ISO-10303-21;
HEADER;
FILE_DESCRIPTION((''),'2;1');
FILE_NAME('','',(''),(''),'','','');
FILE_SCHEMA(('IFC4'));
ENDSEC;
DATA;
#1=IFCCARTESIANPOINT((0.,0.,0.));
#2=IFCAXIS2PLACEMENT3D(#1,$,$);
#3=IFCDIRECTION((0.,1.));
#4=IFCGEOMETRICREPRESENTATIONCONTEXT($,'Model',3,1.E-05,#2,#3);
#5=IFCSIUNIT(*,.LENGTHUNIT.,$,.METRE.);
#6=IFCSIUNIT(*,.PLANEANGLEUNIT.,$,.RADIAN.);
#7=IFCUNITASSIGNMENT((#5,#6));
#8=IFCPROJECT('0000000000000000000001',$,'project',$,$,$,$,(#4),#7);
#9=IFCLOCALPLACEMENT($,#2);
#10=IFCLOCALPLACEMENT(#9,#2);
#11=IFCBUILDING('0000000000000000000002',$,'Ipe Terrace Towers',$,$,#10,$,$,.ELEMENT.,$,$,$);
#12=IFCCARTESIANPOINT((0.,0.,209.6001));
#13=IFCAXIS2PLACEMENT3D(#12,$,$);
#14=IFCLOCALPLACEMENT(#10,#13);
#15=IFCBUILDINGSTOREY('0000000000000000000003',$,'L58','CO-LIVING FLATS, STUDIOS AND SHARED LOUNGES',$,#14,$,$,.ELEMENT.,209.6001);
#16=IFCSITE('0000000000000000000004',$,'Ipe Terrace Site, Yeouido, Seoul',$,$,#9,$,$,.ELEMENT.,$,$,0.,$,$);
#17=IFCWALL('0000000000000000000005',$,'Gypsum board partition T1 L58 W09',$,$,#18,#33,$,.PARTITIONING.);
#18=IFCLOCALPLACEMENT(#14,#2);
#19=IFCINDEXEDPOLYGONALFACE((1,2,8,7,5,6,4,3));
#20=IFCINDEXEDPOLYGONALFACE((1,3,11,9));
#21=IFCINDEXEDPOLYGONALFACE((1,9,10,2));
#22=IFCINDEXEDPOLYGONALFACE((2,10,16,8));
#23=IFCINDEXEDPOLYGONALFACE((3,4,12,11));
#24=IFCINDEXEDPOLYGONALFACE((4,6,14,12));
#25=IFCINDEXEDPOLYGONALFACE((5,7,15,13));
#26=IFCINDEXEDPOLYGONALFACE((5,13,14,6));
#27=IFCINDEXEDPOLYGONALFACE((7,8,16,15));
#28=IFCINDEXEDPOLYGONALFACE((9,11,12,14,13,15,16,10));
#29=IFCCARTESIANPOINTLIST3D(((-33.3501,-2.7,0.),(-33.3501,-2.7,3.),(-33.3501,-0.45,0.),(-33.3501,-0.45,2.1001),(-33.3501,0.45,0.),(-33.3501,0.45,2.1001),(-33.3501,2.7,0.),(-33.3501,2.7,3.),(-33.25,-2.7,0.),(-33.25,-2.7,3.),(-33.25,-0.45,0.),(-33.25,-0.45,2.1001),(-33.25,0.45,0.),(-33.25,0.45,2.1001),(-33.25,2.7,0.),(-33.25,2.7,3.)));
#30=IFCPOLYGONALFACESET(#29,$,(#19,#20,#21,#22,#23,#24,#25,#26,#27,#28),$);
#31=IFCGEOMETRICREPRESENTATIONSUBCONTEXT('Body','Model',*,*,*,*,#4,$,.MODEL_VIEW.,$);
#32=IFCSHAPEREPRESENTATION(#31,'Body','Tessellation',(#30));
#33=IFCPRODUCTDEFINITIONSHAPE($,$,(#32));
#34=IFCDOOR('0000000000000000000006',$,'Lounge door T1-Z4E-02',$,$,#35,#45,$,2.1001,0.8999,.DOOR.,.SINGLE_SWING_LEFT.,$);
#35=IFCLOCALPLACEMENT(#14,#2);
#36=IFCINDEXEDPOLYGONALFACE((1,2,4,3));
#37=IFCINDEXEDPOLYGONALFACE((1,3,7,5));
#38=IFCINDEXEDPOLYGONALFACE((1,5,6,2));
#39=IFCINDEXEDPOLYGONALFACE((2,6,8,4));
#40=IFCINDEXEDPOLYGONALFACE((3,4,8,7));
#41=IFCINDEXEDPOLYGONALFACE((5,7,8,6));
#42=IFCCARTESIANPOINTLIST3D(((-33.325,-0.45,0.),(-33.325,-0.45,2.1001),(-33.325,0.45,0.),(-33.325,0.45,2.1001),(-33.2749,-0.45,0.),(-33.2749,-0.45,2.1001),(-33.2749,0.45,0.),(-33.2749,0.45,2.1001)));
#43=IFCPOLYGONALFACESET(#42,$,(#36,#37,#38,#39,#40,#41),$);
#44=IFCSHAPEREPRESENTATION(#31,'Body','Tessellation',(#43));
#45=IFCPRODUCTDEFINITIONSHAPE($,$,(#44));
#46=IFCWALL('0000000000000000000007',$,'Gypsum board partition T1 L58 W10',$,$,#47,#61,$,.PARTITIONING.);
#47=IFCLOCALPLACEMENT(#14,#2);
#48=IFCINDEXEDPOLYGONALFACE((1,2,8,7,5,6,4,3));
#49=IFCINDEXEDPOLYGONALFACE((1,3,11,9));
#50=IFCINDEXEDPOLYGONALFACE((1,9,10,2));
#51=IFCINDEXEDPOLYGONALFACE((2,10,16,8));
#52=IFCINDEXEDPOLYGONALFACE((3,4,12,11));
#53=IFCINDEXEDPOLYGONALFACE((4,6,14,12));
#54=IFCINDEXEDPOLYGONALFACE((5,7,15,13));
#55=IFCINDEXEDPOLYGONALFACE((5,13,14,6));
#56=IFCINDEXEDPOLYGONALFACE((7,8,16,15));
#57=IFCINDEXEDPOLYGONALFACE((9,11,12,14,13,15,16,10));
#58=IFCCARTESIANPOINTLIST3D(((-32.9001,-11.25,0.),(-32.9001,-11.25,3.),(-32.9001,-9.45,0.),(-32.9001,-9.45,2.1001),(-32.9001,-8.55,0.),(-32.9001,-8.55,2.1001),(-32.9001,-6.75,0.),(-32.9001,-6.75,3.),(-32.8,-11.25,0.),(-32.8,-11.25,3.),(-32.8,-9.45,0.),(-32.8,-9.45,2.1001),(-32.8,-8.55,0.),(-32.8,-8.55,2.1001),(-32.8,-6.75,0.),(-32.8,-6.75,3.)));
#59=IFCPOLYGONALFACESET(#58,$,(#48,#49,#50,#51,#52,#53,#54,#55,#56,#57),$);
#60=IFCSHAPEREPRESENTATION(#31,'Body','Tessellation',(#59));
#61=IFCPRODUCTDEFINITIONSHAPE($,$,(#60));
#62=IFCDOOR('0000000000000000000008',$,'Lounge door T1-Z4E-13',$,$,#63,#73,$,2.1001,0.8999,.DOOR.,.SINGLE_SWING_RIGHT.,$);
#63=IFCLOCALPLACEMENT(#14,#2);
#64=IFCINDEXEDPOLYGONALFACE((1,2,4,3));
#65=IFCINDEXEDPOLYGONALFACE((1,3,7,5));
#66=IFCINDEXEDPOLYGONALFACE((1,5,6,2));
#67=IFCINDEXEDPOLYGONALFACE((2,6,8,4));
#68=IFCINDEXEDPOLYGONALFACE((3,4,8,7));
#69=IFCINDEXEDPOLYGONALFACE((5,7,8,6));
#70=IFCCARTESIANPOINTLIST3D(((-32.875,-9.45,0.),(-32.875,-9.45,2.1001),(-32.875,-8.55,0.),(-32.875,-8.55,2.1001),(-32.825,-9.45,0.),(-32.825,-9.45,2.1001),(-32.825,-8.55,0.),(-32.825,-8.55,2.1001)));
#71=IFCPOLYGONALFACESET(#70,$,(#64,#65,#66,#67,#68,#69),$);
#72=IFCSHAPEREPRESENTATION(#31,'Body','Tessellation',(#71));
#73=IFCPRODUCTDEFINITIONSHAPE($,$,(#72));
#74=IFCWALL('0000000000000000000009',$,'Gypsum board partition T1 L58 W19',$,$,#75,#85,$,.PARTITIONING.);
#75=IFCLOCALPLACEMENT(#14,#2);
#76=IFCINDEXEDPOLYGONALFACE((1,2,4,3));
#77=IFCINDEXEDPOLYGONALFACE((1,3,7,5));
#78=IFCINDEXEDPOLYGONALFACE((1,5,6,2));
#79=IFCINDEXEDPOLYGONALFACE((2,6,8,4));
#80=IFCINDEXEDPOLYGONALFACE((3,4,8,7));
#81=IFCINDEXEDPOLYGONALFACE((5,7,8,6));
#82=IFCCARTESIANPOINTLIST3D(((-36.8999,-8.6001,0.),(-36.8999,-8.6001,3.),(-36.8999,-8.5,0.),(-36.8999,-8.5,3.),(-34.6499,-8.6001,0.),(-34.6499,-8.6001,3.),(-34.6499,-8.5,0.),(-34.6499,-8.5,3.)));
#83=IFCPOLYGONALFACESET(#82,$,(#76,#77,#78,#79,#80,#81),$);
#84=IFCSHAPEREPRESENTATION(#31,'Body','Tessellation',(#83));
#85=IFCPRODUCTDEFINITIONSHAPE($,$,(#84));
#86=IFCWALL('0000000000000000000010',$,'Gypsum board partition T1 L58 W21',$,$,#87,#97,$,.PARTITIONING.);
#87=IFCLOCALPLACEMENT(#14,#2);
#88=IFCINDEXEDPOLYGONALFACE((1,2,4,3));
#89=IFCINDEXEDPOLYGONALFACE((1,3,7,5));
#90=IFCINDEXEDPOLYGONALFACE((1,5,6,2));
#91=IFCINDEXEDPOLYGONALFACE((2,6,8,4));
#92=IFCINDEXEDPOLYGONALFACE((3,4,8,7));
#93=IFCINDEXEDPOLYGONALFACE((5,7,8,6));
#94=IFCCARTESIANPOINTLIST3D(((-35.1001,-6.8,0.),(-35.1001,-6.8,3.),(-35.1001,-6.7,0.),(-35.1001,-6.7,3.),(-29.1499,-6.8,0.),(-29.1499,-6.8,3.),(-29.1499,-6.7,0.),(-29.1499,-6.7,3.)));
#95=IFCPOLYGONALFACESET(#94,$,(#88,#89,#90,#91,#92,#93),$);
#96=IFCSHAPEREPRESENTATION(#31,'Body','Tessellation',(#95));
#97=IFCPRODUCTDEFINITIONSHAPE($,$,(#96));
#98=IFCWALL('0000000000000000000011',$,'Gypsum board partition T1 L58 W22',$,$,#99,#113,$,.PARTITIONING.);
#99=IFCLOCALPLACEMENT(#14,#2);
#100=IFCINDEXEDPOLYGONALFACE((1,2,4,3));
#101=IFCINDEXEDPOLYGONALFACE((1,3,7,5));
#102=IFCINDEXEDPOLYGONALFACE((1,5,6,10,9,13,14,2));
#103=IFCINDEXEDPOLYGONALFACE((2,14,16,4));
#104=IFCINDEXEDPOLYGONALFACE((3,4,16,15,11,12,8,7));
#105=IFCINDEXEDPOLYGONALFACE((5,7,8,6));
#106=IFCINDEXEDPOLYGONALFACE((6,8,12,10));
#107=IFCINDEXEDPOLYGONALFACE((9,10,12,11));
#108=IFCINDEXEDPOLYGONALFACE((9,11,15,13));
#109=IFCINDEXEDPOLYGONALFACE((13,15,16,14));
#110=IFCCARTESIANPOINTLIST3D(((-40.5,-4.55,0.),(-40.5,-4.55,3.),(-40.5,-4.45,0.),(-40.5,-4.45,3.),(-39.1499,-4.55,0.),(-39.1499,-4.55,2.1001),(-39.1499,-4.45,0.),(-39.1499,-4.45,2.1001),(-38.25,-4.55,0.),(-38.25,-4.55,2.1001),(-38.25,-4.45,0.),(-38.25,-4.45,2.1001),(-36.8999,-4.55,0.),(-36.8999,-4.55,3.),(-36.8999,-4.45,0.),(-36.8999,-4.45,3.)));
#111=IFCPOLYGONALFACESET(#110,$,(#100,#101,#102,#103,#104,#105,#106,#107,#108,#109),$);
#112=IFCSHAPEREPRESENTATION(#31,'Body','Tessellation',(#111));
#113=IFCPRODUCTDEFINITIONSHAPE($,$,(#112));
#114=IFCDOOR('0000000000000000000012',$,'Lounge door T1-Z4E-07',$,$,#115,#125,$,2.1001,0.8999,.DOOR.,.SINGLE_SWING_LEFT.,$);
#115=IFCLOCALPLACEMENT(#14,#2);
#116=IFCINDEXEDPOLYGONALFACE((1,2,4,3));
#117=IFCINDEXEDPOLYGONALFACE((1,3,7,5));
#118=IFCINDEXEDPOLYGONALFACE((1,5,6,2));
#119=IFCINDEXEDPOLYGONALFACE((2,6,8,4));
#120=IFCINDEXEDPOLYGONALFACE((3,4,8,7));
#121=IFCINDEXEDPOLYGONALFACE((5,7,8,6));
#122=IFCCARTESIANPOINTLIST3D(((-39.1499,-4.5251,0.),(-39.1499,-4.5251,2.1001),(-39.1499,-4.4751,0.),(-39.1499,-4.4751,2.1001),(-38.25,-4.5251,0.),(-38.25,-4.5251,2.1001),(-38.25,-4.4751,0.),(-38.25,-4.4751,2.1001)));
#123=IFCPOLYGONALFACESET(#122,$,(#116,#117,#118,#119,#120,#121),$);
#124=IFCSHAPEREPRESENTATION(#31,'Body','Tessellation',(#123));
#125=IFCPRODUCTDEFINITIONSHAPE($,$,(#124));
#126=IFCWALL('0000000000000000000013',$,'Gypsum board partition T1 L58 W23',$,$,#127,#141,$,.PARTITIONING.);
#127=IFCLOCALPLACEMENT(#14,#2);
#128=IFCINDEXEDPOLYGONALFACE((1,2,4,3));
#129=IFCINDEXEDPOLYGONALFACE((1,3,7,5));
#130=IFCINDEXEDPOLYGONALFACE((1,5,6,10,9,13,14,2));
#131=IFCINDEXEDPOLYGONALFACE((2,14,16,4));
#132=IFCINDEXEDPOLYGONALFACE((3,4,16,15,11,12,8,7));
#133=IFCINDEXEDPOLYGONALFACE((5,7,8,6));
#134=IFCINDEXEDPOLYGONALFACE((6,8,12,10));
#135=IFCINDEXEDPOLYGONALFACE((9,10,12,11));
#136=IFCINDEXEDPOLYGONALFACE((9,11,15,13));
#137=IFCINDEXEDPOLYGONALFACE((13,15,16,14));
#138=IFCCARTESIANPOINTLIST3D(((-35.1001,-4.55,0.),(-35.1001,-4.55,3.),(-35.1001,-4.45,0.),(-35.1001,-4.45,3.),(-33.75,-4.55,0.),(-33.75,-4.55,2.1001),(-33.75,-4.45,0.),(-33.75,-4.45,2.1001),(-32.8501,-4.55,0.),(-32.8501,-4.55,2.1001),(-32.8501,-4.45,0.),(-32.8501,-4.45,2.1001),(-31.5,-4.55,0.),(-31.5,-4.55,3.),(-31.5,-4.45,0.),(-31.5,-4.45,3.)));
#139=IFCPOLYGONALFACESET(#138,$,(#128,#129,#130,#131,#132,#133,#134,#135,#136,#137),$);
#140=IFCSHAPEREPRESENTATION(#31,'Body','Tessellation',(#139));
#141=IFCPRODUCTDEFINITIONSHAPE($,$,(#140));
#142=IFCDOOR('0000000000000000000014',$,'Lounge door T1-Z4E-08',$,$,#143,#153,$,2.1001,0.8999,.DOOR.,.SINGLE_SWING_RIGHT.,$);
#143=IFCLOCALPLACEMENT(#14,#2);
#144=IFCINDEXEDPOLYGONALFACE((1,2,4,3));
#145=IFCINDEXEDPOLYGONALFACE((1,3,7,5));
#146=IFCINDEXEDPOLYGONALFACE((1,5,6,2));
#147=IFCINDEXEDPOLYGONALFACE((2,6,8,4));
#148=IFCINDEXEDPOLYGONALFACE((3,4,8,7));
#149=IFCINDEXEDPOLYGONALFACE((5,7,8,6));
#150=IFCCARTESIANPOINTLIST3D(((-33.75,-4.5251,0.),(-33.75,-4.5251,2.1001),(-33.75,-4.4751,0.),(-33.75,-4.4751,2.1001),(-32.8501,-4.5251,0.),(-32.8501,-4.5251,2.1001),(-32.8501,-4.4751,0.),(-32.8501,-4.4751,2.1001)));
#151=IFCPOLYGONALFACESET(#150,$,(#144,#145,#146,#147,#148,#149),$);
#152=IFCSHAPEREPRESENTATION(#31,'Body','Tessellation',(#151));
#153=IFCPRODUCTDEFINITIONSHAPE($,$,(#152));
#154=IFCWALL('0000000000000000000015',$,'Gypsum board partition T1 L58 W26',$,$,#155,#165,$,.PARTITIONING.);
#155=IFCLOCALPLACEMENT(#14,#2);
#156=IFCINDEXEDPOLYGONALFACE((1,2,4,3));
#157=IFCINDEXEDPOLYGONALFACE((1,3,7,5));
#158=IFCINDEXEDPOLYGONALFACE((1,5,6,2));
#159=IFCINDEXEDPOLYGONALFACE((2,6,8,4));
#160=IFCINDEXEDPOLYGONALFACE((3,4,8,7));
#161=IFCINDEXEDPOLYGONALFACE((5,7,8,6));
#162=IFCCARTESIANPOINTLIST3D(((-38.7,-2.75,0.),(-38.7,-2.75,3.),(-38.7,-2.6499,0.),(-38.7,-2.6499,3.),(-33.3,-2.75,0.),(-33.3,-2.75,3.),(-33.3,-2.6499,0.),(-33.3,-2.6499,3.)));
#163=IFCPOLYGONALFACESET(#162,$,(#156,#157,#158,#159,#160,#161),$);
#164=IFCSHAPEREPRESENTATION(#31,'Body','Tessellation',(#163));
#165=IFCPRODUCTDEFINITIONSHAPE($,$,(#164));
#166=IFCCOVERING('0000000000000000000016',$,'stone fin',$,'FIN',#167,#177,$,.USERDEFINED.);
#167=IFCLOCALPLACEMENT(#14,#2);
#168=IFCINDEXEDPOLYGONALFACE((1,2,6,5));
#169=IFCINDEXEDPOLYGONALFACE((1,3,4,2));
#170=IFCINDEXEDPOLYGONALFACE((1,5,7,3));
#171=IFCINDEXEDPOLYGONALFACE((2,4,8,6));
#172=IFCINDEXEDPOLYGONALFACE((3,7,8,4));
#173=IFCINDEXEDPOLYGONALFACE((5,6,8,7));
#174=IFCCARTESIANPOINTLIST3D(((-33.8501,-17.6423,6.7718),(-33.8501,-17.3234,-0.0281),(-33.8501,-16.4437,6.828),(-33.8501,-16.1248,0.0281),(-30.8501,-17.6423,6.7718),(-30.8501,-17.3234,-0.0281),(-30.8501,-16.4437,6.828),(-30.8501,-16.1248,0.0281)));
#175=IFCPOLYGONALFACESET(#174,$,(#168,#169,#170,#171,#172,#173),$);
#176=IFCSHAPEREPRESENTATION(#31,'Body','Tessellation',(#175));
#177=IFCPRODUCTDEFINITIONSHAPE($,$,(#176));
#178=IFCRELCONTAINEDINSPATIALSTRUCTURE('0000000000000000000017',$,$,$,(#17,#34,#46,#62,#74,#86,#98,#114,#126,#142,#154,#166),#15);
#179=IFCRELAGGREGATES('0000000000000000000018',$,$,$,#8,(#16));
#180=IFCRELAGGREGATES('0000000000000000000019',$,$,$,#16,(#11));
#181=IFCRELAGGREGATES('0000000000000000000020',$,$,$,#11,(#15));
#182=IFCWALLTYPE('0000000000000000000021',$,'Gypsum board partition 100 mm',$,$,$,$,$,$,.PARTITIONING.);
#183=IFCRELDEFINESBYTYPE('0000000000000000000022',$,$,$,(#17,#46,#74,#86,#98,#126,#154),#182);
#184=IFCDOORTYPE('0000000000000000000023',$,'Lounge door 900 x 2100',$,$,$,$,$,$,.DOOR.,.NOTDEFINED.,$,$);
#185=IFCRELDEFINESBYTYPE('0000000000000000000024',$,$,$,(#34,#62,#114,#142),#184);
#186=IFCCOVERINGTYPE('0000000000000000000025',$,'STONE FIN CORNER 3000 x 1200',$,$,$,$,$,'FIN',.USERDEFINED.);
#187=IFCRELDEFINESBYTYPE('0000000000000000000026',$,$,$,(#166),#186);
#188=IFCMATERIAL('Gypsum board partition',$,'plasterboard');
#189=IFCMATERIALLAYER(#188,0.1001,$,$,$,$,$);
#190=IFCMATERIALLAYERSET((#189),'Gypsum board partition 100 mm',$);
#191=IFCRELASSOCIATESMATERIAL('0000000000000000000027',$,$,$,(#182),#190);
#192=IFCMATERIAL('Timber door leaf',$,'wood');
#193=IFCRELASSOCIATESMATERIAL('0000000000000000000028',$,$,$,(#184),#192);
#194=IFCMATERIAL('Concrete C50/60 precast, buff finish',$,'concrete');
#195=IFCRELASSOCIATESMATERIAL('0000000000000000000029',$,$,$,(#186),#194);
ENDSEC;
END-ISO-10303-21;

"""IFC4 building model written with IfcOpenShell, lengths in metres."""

from ifc_helpers import new_model, si_unit, direction, frame, frame_2d, origin, origin_2d, place, context, subcontext, project, spatial, rectangle, extrude, material, layer, layer_set, material_profile, profile_set, type_object, element, fill, save


model = new_model("IFC4")

# Units and contexts
model_context = context("Model", 3, precision=1e-05, world=origin(), true_north=direction((0.0, 1.0)))
body_context = subcontext(model_context, "Body", "Model", "MODEL_VIEW")
ifc_project = project(units=[si_unit("LENGTHUNIT", "METRE"), si_unit("PLANEANGLEUNIT", "RADIAN")], contexts=[model_context])

# Site, building, storey
site_placement = place(None, origin())
site = spatial("IfcSite", under=ifc_project, at=site_placement, Name="Ipe Terrace Site, Yeouido, Seoul", CompositionType="ELEMENT", RefElevation=0.0)
building_placement = place(site_placement, origin())
building = spatial("IfcBuilding", under=site, at=building_placement, Name="Ipe Terrace Towers", CompositionType="ELEMENT")
storey_placement = place(building_placement, frame((0.0, 0.0, 209.6001)))
storey = spatial("IfcBuildingStorey", under=building, at=storey_placement, Name="L58", Description="CO-LIVING FLATS, STUDIOS AND SHARED LOUNGES", CompositionType="ELEMENT", Elevation=209.6001)

# Shared definitions
ifc_material_1 = material(Name="Gypsum board partition", Category="plasterboard")
ifc_layer_1 = layer(ifc_material_1, 0.1001)
ifc_layer_set_1 = layer_set([ifc_layer_1], Name="Gypsum board partition 100 mm")
wall_type_1 = type_object("IfcWallType", Name="Gypsum board partition 100 mm", PredefinedType="PARTITIONING", material=ifc_layer_set_1)

# Walls, openings, doors
ifc_material_2 = material(Name="Timber door leaf", Category="wood")
door_type = type_object("IfcDoorType", Name="Lounge door 900 x 2100", OperationType="NOTDEFINED", PredefinedType="DOOR", material=ifc_material_2)
wall_1_placement = place(storey_placement, frame((-33.3, -2.7, 0.0), z_axis=(0.0, 0.0, 1.0), x_axis=(0.0, 1.0, 0.0)))
wall_1 = element("IfcWall", 1, at=wall_1_placement, inside=storey, type_object=wall_type_1, Name="Gypsum board partition T1 L58 W09", PredefinedType="PARTITIONING", context=body_context, shape_type="SweptSolid", body=[
    extrude(rectangle(XDim=5.3999, YDim=0.1001, at=frame_2d((2.7, 0.0))), origin(), (0.0, 0.0, 1.0), 3.0),
])
opening_1_placement = place(wall_1_placement, frame((2.25, 0.0, 0.0)))
opening_1 = element("IfcOpeningElement", 2, at=opening_1_placement, cuts=wall_1, PredefinedType="OPENING", context=body_context, shape_type="SweptSolid", body=[
    extrude(rectangle(XDim=0.8999, YDim=2.1001, at=frame_2d((0.45, 1.05))), frame((0.0, 0.0601, 0.0), z_axis=(0.0, -1.0, 0.0), x_axis=(1.0, 0.0, 0.0)), (0.0, 0.0, 1.0), 0.1201),
])
door_1_placement = place(opening_1_placement, origin())
door_1 = element("IfcDoor", 3, at=door_1_placement, inside=storey, type_object=door_type, Name="Lounge door T1-Z4E-02", OperationType="SINGLE_SWING_LEFT", OverallHeight=2.1001, OverallWidth=0.8999, PredefinedType="DOOR", context=body_context, shape_type="SweptSolid", body=[
    extrude(rectangle(XDim=0.8999, YDim=2.1001, at=frame_2d((0.45, 1.05))), frame((0.0, 0.0249, 0.0), z_axis=(0.0, -1.0, 0.0), x_axis=(1.0, 0.0, 0.0)), (0.0, 0.0, 1.0), 0.05),
])
fill(opening_1, door_1)
wall_2_placement = place(storey_placement, frame((-32.8501, -11.25, 0.0), z_axis=(0.0, 0.0, 1.0), x_axis=(0.0, 1.0, 0.0)))
wall_2 = element("IfcWall", 4, at=wall_2_placement, inside=storey, type_object=wall_type_1, Name="Gypsum board partition T1 L58 W10", PredefinedType="PARTITIONING", context=body_context, shape_type="SweptSolid", body=[
    extrude(rectangle(XDim=4.5, YDim=0.1001, at=frame_2d((2.25, 0.0))), origin(), (0.0, 0.0, 1.0), 3.0),
])
opening_2_placement = place(wall_2_placement, frame((1.8, 0.0, 0.0)))
opening_2 = element("IfcOpeningElement", 5, at=opening_2_placement, cuts=wall_2, PredefinedType="OPENING", context=body_context, shape_type="SweptSolid", body=[
    extrude(rectangle(XDim=0.8999, YDim=2.1001, at=frame_2d((0.45, 1.05))), frame((0.0, 0.0601, 0.0), z_axis=(0.0, -1.0, 0.0), x_axis=(1.0, 0.0, 0.0)), (0.0, 0.0, 1.0), 0.1201),
])
door_2_placement = place(opening_2_placement, origin())
door_2 = element("IfcDoor", 6, at=door_2_placement, inside=storey, type_object=door_type, Name="Lounge door T1-Z4E-13", OperationType="SINGLE_SWING_RIGHT", OverallHeight=2.1001, OverallWidth=0.8999, PredefinedType="DOOR", context=body_context, shape_type="SweptSolid", body=[
    extrude(rectangle(XDim=0.8999, YDim=2.1001, at=frame_2d((0.45, 1.05))), frame((0.0, 0.0249, 0.0), z_axis=(0.0, -1.0, 0.0), x_axis=(1.0, 0.0, 0.0)), (0.0, 0.0, 1.0), 0.05),
])
fill(opening_2, door_2)

# Walls
wall_3_placement = place(storey_placement, frame((-36.8999, -8.55, 0.0), z_axis=(0.0, 0.0, 1.0), x_axis=(1.0, 0.0, 0.0)))
element("IfcWall", 7, at=wall_3_placement, inside=storey, type_object=wall_type_1, Name="Gypsum board partition T1 L58 W19", PredefinedType="PARTITIONING", context=body_context, shape_type="SweptSolid", body=[
    extrude(rectangle(XDim=2.25, YDim=0.1001, at=frame_2d((1.125, 0.0))), origin(), (0.0, 0.0, 1.0), 3.0),
])
wall_4_placement = place(storey_placement, frame((-35.1001, -6.75, 0.0), z_axis=(0.0, 0.0, 1.0), x_axis=(1.0, 0.0, 0.0)))
element("IfcWall", 8, at=wall_4_placement, inside=storey, type_object=wall_type_1, Name="Gypsum board partition T1 L58 W21", PredefinedType="PARTITIONING", context=body_context, shape_type="SweptSolid", body=[
    extrude(rectangle(XDim=5.9502, YDim=0.1001, at=frame_2d((2.9751, 0.0))), origin(), (0.0, 0.0, 1.0), 3.0),
])

# Walls, openings, doors
wall_5_placement = place(storey_placement, frame((-40.5, -4.5, 0.0), z_axis=(0.0, 0.0, 1.0), x_axis=(1.0, 0.0, 0.0)))
wall_5 = element("IfcWall", 9, at=wall_5_placement, inside=storey, type_object=wall_type_1, Name="Gypsum board partition T1 L58 W22", PredefinedType="PARTITIONING", context=body_context, shape_type="SweptSolid", body=[
    extrude(rectangle(XDim=3.6001, YDim=0.1001, at=frame_2d((1.8, 0.0))), origin(), (0.0, 0.0, 1.0), 3.0),
])
opening_3_placement = place(wall_5_placement, frame((1.3501, 0.0, 0.0)))
opening_3 = element("IfcOpeningElement", 10, at=opening_3_placement, cuts=wall_5, PredefinedType="OPENING", context=body_context, shape_type="SweptSolid", body=[
    extrude(rectangle(XDim=0.8999, YDim=2.1001, at=frame_2d((0.45, 1.05))), frame((0.0, 0.0601, 0.0), z_axis=(0.0, -1.0, 0.0), x_axis=(1.0, 0.0, 0.0)), (0.0, 0.0, 1.0), 0.1201),
])
door_3_placement = place(opening_3_placement, origin())
door_3 = element("IfcDoor", 11, at=door_3_placement, inside=storey, type_object=door_type, Name="Lounge door T1-Z4E-07", OperationType="SINGLE_SWING_LEFT", OverallHeight=2.1001, OverallWidth=0.8999, PredefinedType="DOOR", context=body_context, shape_type="SweptSolid", body=[
    extrude(rectangle(XDim=0.8999, YDim=2.1001, at=frame_2d((0.45, 1.05))), frame((0.0, 0.0249, 0.0), z_axis=(0.0, -1.0, 0.0), x_axis=(1.0, 0.0, 0.0)), (0.0, 0.0, 1.0), 0.05),
])
fill(opening_3, door_3)
wall_6_placement = place(storey_placement, frame((-35.1001, -4.5, 0.0), z_axis=(0.0, 0.0, 1.0), x_axis=(1.0, 0.0, 0.0)))
wall_6 = element("IfcWall", 12, at=wall_6_placement, inside=storey, type_object=wall_type_1, Name="Gypsum board partition T1 L58 W23", PredefinedType="PARTITIONING", context=body_context, shape_type="SweptSolid", body=[
    extrude(rectangle(XDim=3.6001, YDim=0.1001, at=frame_2d((1.8, 0.0))), origin(), (0.0, 0.0, 1.0), 3.0),
])
opening_4_placement = place(wall_6_placement, frame((1.3501, 0.0, 0.0)))
opening_4 = element("IfcOpeningElement", 13, at=opening_4_placement, cuts=wall_6, PredefinedType="OPENING", context=body_context, shape_type="SweptSolid", body=[
    extrude(rectangle(XDim=0.8999, YDim=2.1001, at=frame_2d((0.45, 1.05))), frame((0.0, 0.0601, 0.0), z_axis=(0.0, -1.0, 0.0), x_axis=(1.0, 0.0, 0.0)), (0.0, 0.0, 1.0), 0.1201),
])
door_4_placement = place(opening_4_placement, origin())
door_4 = element("IfcDoor", 14, at=door_4_placement, inside=storey, type_object=door_type, Name="Lounge door T1-Z4E-08", OperationType="SINGLE_SWING_RIGHT", OverallHeight=2.1001, OverallWidth=0.8999, PredefinedType="DOOR", context=body_context, shape_type="SweptSolid", body=[
    extrude(rectangle(XDim=0.8999, YDim=2.1001, at=frame_2d((0.45, 1.05))), frame((0.0, 0.0249, 0.0), z_axis=(0.0, -1.0, 0.0), x_axis=(1.0, 0.0, 0.0)), (0.0, 0.0, 1.0), 0.05),
])
fill(opening_4, door_4)

# Wall
wall_7_placement = place(storey_placement, frame((-38.7, -2.7, 0.0), z_axis=(0.0, 0.0, 1.0), x_axis=(1.0, 0.0, 0.0)))
element("IfcWall", 15, at=wall_7_placement, inside=storey, type_object=wall_type_1, Name="Gypsum board partition T1 L58 W26", PredefinedType="PARTITIONING", context=body_context, shape_type="SweptSolid", body=[
    extrude(rectangle(XDim=5.3999, YDim=0.1001, at=frame_2d((2.7, 0.0))), origin(), (0.0, 0.0, 1.0), 3.0),
])

# Covering
ifc_material_3 = material(Name="Concrete C50/60 precast, buff finish", Category="concrete")
ifc_material_profile_1 = material_profile(ifc_material_3, rectangle(XDim=3.0, YDim=1.2, at=origin_2d()), Name="STONE FIN CORNER 3000 x 1200")
ifc_profile_set_1 = profile_set([ifc_material_profile_1], Name="Concrete C50/60 precast, buff finish")
covering_type_1 = type_object("IfcCoveringType", Name="STONE FIN CORNER 3000 x 1200", ElementType="FIN", PredefinedType="USERDEFINED", material=ifc_profile_set_1)
for number, where, z_axis, x_axis, name in (
    (16, (-32.3501, -16.7241, 0.0), (0.0, -0.046839, 0.998902), (1.0, 0.0, 0.0), "stone fin"),
):
    element("IfcCovering", number, at=place(storey_placement, frame(where, z_axis=z_axis, x_axis=x_axis)), inside=storey, type_object=covering_type_1, Name=name, ObjectType="FIN", PredefinedType="USERDEFINED", context=body_context, shape_type="SweptSolid", body=[
        extrude(rectangle(XDim=3.0, YDim=1.2, at=origin_2d()), origin(), (0.0, 0.0, 1.0), 6.8074),
    ])

save(model, "model.ifc")
